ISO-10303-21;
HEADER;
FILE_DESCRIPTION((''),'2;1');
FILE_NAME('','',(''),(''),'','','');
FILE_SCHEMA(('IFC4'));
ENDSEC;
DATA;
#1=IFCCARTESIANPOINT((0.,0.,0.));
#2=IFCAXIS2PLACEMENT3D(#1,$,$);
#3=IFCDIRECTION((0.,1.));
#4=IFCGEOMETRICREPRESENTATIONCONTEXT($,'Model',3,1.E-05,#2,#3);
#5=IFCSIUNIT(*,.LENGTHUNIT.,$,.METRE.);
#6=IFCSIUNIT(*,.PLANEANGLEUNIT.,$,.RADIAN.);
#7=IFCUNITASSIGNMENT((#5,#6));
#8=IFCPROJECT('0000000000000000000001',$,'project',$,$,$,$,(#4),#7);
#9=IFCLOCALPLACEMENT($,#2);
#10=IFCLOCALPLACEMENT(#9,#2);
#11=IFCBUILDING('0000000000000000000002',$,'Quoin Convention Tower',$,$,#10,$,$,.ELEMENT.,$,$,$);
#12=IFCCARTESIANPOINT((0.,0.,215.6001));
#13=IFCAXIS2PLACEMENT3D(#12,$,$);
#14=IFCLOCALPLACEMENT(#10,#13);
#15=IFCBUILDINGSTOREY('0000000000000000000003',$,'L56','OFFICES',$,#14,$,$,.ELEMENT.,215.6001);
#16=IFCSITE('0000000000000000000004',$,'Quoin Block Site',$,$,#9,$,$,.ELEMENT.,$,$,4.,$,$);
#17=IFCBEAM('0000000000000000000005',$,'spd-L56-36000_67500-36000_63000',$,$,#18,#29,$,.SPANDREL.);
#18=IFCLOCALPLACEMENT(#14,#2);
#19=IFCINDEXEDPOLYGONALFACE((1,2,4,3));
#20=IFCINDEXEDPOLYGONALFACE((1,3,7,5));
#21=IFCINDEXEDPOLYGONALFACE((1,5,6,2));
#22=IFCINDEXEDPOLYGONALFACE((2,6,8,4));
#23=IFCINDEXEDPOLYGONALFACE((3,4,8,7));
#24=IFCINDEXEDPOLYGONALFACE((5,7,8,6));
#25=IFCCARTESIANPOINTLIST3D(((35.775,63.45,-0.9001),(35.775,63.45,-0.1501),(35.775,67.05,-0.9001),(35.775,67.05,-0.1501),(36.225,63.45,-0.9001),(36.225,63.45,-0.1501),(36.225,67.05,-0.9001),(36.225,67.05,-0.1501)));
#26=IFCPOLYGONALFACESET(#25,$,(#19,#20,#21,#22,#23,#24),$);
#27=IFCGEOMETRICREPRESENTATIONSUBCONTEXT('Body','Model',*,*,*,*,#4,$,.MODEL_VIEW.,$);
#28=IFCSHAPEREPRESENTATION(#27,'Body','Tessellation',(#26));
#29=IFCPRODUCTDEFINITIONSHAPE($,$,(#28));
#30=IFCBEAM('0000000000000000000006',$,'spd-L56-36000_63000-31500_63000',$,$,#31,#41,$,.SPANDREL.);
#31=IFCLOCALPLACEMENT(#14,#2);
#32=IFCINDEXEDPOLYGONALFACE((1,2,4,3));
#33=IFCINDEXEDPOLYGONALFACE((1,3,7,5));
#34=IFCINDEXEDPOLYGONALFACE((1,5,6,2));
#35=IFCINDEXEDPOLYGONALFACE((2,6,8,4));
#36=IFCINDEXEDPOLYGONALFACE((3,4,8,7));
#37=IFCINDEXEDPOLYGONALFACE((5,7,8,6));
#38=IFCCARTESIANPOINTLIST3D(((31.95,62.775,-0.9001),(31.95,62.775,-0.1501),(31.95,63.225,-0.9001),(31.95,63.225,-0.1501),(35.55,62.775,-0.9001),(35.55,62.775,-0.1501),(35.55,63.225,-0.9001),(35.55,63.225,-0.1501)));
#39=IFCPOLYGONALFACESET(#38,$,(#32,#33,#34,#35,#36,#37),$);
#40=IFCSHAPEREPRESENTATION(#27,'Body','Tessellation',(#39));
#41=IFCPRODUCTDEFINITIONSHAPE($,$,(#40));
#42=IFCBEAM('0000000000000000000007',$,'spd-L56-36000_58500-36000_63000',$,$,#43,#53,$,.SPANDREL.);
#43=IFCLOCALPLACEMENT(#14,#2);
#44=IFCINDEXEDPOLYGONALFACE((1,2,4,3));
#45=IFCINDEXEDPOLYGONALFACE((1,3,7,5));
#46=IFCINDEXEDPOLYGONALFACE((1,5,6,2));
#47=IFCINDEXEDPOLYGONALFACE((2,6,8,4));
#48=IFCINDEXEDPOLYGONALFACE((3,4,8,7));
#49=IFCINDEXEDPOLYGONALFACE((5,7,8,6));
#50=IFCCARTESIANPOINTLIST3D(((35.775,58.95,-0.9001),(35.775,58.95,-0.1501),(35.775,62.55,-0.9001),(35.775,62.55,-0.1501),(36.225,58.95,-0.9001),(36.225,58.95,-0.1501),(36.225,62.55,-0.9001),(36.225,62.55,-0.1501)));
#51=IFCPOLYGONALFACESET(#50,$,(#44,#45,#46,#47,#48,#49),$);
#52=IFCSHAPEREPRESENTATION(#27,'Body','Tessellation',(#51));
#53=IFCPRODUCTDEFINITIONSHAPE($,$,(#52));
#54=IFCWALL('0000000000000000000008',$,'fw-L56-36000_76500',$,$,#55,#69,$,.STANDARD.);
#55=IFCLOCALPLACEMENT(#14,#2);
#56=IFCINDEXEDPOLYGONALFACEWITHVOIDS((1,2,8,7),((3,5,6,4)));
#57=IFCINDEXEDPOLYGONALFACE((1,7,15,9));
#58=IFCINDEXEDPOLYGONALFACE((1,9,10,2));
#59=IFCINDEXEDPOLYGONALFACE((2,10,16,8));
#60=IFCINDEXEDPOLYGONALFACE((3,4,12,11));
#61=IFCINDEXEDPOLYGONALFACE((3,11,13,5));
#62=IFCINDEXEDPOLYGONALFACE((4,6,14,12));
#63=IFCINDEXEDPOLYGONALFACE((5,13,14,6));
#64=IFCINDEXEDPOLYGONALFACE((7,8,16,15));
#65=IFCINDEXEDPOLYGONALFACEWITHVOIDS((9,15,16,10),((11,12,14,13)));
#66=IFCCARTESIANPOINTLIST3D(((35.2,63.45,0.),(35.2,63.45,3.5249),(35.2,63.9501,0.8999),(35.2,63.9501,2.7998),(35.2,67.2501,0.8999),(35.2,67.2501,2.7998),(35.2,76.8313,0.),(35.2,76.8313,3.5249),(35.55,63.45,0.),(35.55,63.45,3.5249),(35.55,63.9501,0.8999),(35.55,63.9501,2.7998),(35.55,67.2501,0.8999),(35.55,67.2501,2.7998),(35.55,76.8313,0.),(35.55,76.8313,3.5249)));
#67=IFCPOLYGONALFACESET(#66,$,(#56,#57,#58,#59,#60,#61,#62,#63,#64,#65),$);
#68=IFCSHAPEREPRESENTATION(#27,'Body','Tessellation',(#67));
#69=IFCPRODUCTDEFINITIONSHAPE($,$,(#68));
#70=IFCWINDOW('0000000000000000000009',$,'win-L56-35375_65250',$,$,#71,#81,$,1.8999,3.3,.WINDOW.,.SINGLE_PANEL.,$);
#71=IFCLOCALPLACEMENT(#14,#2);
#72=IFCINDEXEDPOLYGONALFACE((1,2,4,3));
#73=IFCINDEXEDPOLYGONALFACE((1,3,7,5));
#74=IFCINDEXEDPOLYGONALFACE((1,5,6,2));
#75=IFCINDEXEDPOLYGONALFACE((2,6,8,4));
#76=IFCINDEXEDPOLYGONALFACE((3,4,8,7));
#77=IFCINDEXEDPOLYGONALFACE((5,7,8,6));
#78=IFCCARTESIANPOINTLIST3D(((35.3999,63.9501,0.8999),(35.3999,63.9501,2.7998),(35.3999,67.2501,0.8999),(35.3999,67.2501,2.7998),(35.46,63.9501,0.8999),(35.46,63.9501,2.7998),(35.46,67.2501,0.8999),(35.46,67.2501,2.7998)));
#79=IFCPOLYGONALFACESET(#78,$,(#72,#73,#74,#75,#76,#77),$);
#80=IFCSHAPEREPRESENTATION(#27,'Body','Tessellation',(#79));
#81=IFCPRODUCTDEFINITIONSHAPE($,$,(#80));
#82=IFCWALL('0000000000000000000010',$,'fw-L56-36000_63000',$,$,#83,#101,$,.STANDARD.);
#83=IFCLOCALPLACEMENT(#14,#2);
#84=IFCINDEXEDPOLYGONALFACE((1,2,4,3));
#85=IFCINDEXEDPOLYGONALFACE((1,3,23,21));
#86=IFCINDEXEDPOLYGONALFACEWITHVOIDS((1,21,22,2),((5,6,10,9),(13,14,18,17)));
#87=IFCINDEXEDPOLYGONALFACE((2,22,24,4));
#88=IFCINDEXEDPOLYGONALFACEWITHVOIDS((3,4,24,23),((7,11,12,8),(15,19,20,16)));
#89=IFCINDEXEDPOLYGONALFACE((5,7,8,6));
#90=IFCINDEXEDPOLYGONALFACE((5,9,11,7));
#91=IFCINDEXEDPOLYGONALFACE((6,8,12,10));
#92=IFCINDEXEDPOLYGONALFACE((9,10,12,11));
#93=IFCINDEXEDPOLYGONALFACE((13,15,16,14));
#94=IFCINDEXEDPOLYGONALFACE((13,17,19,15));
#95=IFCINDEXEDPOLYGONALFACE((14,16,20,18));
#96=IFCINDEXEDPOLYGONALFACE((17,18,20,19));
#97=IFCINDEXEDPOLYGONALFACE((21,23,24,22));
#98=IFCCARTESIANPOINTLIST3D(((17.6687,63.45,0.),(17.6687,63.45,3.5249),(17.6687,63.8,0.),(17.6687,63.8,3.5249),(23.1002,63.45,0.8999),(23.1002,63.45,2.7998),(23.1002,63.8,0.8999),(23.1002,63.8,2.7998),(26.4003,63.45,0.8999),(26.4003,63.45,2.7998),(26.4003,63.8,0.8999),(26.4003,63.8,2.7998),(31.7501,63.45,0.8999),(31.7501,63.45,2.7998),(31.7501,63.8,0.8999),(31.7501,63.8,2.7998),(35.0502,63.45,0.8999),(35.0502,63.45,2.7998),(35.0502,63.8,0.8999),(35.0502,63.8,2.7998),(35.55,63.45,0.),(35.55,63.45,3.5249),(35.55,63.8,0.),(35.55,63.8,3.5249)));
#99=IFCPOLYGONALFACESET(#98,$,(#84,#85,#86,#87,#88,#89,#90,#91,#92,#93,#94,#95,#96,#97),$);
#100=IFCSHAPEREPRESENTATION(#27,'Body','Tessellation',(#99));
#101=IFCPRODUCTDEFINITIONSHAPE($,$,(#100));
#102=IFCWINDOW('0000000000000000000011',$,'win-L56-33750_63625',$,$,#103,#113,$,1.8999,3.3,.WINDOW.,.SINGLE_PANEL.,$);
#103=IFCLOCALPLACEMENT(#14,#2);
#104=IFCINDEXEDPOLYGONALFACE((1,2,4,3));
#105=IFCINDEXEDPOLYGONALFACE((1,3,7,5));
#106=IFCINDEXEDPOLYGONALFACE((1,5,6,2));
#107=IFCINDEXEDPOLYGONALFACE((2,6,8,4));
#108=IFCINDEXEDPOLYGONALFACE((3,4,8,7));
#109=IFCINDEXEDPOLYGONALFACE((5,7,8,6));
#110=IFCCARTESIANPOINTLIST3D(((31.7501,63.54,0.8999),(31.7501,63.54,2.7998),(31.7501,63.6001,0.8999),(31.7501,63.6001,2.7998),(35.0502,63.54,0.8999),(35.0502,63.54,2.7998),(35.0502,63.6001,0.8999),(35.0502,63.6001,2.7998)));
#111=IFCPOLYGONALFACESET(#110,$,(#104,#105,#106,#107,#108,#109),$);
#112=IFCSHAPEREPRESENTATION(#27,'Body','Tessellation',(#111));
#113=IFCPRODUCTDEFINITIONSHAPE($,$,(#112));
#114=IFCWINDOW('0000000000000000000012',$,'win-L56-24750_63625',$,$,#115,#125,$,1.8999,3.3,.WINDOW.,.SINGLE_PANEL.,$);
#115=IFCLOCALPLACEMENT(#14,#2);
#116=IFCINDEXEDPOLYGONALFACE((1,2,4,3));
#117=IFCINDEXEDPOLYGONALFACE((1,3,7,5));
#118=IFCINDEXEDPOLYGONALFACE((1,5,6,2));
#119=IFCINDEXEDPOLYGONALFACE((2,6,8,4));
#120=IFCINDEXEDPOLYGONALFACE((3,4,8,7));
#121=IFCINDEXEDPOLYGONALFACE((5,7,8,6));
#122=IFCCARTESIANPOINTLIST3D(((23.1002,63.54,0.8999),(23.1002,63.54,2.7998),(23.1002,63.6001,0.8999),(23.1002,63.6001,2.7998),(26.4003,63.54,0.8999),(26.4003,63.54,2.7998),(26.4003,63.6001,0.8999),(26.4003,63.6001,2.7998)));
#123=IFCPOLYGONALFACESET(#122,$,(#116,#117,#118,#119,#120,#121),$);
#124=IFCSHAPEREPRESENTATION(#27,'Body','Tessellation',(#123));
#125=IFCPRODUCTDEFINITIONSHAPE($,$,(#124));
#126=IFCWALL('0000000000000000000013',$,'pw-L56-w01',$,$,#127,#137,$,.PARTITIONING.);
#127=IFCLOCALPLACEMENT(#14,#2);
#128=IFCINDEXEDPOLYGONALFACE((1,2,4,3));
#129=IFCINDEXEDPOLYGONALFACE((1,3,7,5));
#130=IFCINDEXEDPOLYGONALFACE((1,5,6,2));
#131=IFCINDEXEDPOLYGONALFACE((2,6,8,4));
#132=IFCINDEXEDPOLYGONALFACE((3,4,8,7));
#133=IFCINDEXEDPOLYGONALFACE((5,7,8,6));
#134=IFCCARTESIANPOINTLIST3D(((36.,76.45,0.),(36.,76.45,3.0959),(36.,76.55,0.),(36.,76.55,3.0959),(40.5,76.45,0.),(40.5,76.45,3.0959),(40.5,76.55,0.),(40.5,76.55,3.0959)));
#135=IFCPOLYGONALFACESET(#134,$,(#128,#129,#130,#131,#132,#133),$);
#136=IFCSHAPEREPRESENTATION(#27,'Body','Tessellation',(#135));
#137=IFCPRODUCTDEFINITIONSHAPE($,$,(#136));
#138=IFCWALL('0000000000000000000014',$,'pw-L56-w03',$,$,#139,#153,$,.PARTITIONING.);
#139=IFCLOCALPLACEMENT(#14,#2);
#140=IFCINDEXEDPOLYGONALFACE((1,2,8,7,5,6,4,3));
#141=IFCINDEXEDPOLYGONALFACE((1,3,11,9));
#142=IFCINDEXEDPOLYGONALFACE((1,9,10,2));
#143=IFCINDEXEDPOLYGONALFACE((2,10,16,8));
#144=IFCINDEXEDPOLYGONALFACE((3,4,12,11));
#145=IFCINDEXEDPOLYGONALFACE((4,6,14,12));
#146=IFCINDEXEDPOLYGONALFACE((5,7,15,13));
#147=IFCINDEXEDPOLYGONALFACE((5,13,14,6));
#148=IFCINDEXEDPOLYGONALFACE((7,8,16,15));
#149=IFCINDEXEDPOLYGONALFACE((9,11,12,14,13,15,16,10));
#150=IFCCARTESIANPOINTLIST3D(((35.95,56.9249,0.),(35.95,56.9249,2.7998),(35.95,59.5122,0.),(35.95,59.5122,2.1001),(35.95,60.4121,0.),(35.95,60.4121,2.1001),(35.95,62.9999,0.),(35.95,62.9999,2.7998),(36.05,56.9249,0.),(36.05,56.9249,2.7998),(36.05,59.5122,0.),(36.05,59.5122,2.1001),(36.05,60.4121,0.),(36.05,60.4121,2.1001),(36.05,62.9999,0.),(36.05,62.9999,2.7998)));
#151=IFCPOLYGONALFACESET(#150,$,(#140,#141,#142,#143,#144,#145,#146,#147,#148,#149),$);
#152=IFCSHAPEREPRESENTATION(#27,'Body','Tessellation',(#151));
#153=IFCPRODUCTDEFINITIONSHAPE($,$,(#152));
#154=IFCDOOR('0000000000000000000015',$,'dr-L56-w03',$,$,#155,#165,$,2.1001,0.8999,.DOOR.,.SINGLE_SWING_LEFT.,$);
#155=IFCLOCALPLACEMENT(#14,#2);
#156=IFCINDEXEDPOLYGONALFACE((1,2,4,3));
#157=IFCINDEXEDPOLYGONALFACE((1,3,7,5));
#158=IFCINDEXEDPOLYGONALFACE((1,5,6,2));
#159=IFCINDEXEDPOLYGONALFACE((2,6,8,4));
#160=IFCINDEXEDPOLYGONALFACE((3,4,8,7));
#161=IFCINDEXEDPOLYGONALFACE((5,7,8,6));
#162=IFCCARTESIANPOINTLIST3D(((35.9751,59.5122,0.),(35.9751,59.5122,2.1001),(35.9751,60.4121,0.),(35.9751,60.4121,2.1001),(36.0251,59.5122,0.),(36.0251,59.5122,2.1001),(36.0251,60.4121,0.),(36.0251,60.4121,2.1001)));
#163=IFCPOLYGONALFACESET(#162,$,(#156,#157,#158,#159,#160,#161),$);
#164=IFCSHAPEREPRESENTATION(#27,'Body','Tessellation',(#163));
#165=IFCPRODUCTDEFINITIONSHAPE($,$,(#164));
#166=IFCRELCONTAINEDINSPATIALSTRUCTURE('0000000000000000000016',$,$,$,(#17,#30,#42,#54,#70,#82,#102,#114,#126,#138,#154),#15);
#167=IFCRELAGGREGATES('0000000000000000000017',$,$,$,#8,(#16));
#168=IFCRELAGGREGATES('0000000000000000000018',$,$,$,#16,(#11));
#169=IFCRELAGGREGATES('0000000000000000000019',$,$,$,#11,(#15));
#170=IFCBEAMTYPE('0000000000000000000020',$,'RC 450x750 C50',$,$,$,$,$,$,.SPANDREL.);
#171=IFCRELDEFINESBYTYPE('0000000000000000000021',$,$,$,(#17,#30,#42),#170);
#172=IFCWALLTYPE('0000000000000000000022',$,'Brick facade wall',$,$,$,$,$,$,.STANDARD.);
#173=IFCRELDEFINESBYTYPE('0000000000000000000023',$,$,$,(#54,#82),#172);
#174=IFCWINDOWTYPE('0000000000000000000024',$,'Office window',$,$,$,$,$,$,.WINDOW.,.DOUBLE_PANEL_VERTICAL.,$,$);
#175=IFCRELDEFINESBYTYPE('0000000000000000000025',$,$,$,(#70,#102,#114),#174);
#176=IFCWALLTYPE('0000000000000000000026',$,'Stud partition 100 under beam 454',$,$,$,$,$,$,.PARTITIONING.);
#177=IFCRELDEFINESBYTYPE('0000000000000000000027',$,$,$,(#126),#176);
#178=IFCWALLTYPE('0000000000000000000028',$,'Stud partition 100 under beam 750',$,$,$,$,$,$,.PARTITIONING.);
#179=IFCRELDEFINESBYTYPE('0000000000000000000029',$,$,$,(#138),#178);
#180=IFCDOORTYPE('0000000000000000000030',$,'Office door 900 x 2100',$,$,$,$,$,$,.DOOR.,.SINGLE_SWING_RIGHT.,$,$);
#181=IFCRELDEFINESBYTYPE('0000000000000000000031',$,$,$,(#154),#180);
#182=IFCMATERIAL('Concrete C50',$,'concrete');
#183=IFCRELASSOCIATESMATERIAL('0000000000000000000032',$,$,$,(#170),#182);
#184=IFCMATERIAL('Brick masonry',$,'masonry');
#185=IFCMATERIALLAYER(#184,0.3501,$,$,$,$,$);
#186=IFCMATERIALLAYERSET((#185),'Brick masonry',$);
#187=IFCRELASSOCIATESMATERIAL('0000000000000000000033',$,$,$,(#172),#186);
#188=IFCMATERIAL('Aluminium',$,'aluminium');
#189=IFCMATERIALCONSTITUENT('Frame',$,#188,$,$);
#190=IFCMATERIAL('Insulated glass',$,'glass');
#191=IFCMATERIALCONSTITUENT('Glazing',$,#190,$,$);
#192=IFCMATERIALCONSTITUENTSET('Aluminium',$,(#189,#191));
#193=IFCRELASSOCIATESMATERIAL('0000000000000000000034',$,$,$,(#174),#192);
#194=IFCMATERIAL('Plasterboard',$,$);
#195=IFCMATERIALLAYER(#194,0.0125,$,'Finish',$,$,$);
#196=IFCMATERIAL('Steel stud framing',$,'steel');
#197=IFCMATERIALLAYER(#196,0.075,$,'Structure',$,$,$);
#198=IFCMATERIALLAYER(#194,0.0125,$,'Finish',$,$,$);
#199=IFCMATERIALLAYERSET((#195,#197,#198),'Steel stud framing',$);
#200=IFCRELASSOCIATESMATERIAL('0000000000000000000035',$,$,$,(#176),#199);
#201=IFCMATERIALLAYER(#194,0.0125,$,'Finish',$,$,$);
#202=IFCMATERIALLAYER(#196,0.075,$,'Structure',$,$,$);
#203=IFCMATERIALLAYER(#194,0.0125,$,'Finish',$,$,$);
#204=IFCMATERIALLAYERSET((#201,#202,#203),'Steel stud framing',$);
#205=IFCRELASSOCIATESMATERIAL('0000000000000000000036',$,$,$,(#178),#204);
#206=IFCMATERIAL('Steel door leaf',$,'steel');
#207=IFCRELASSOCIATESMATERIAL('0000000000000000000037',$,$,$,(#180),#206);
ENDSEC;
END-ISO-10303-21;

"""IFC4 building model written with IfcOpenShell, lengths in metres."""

from ifc_helpers import new_model, si_unit, direction, frame, frame_2d, origin, origin_2d, place, context, subcontext, project, spatial, rectangle, extrude, material, layer, layer_set, constituent, constituent_set, material_profile, profile_set, type_object, element, fill, save


model = new_model("IFC4")

# Units and contexts
model_context = context("Model", 3, precision=1e-05, world=origin(), true_north=direction((0.0, 1.0)))
body_context = subcontext(model_context, "Body", "Model", "MODEL_VIEW")
ifc_project = project(units=[si_unit("LENGTHUNIT", "METRE"), si_unit("PLANEANGLEUNIT", "RADIAN")], contexts=[model_context])

# Site, building, storey
site_placement = place(None, origin())
site = spatial("IfcSite", under=ifc_project, at=site_placement, Name="Quoin Block Site", CompositionType="ELEMENT", RefElevation=4.0)
building_placement = place(site_placement, origin())
building = spatial("IfcBuilding", under=site, at=building_placement, Name="Quoin Convention Tower", CompositionType="ELEMENT")
storey_placement = place(building_placement, frame((0.0, 0.0, 215.6001)))
storey = spatial("IfcBuildingStorey", under=building, at=storey_placement, Name="L56", Description="OFFICES", CompositionType="ELEMENT", Elevation=215.6001)

# Shared definitions
ifc_material_1 = material(Name="Concrete C50", Category="concrete")

# Beams
ifc_material_profile_1 = material_profile(ifc_material_1, rectangle(XDim=0.45, YDim=0.75, at=origin_2d()), Name="RC 450x750")
ifc_profile_set_1 = profile_set([ifc_material_profile_1], Name="Concrete C50")
beam_type_1 = type_object("IfcBeamType", Name="RC 450x750 C50", PredefinedType="SPANDREL", material=ifc_profile_set_1)
for number, where, z_axis, x_axis, name in (
    (1, (36.0, 67.05, -0.5251), (0.0, -1.0, 0.0), (1.0, 0.0, 0.0), "spd-L56-36000_67500-36000_63000"),
    (2, (35.55, 63.0, -0.5251), (-1.0, 0.0, 0.0), (0.0, -1.0, 0.0), "spd-L56-36000_63000-31500_63000"),
    (3, (36.0, 58.95, -0.5251), (0.0, 1.0, 0.0), (-1.0, 0.0, 0.0), "spd-L56-36000_58500-36000_63000"),
):
    element("IfcBeam", number, at=place(storey_placement, frame(where, z_axis=z_axis, x_axis=x_axis)), inside=storey, type_object=beam_type_1, Name=name, PredefinedType="SPANDREL", context=body_context, shape_type="SweptSolid", body=[
        extrude(rectangle(XDim=0.45, YDim=0.75, at=origin_2d()), origin(), (0.0, 0.0, 1.0), 3.6001),
    ])

# Wall, opening, window
ifc_material_2 = material(Name="Brick masonry", Category="masonry")
ifc_layer_1 = layer(ifc_material_2, 0.3501)
ifc_layer_set_1 = layer_set([ifc_layer_1], Name="Brick masonry")
wall_type_1 = type_object("IfcWallType", Name="Brick facade wall", PredefinedType="STANDARD", material=ifc_layer_set_1)
wall_1_placement = place(storey_placement, frame((35.375, 76.8313, 0.0), z_axis=(0.0, 0.0, 1.0), x_axis=(0.0, -1.0, 0.0)))
wall_1 = element("IfcWall", 4, at=wall_1_placement, inside=storey, type_object=wall_type_1, Name="fw-L56-36000_76500", PredefinedType="STANDARD", context=body_context, shape_type="SweptSolid", body=[
    extrude(rectangle(XDim=13.3813, YDim=0.3501, at=frame_2d((6.6907, 0.0))), origin(), (0.0, 0.0, 1.0), 3.5249),
])
opening_1_placement = place(wall_1_placement, frame((9.5813, 0.0, 0.8999)))
opening_1 = element("IfcOpeningElement", 5, at=opening_1_placement, cuts=wall_1, PredefinedType="OPENING", context=body_context, shape_type="SweptSolid", body=[
    extrude(rectangle(XDim=3.3, YDim=1.8999, at=frame_2d((1.6499, 0.95))), frame((0.0, 0.1851, 0.0), z_axis=(0.0, -1.0, 0.0), x_axis=(1.0, 0.0, 0.0)), (0.0, 0.0, 1.0), 0.3701),
])
ifc_material_3 = material(Name="Aluminium", Category="aluminium")
ifc_constituent_1 = constituent(ifc_material_3, Name="Frame")
ifc_material_4 = material(Name="Insulated glass", Category="glass")
ifc_constituent_2 = constituent(ifc_material_4, Name="Glazing")
ifc_constituent_set = constituent_set(constituents=[ifc_constituent_1, ifc_constituent_2], Name="Aluminium")
window_type = type_object("IfcWindowType", Name="Office window", PartitioningType="DOUBLE_PANEL_VERTICAL", PredefinedType="WINDOW", material=ifc_constituent_set)
window_1_placement = place(opening_1_placement, origin())
window_1 = element("IfcWindow", 6, at=window_1_placement, inside=storey, type_object=window_type, Name="win-L56-35375_65250", OverallHeight=1.8999, OverallWidth=3.3, PartitioningType="SINGLE_PANEL", PredefinedType="WINDOW", context=body_context, shape_type="SweptSolid", body=[
    extrude(rectangle(XDim=3.3, YDim=1.8999, at=frame_2d((1.6499, 0.95))), frame((0.0, 0.085, 0.0), z_axis=(0.0, -1.0, 0.0), x_axis=(1.0, 0.0, 0.0)), (0.0, 0.0, 1.0), 0.0601),
])
fill(opening_1, window_1)

# Wall, openings, windows
wall_2_placement = place(storey_placement, frame((35.55, 63.625, 0.0), z_axis=(0.0, 0.0, 1.0), x_axis=(-1.0, 0.0, 0.0)))
wall_2 = element("IfcWall", 7, at=wall_2_placement, inside=storey, type_object=wall_type_1, Name="fw-L56-36000_63000", PredefinedType="STANDARD", context=body_context, shape_type="SweptSolid", body=[
    extrude(rectangle(XDim=17.8813, YDim=0.3501, at=frame_2d((8.9407, 0.0))), origin(), (0.0, 0.0, 1.0), 3.5249),
])
opening_2_placement = place(wall_2_placement, frame((0.5, 0.0, 0.8999)))
opening_2 = element("IfcOpeningElement", 8, at=opening_2_placement, cuts=wall_2, PredefinedType="OPENING", context=body_context, shape_type="SweptSolid", body=[
    extrude(rectangle(XDim=3.3, YDim=1.8999, at=frame_2d((1.6499, 0.95))), frame((0.0, 0.1851, 0.0), z_axis=(0.0, -1.0, 0.0), x_axis=(1.0, 0.0, 0.0)), (0.0, 0.0, 1.0), 0.3701),
])
opening_3_placement = place(wall_2_placement, frame((9.1499, 0.0, 0.8999)))
opening_3 = element("IfcOpeningElement", 9, at=opening_3_placement, cuts=wall_2, PredefinedType="OPENING", context=body_context, shape_type="SweptSolid", body=[
    extrude(rectangle(XDim=3.3, YDim=1.8999, at=frame_2d((1.6499, 0.95))), frame((0.0, 0.1851, 0.0), z_axis=(0.0, -1.0, 0.0), x_axis=(1.0, 0.0, 0.0)), (0.0, 0.0, 1.0), 0.3701),
])
window_2_placement = place(opening_2_placement, origin())
window_2 = element("IfcWindow", 10, at=window_2_placement, inside=storey, type_object=window_type, Name="win-L56-33750_63625", OverallHeight=1.8999, OverallWidth=3.3, PartitioningType="SINGLE_PANEL", PredefinedType="WINDOW", context=body_context, shape_type="SweptSolid", body=[
    extrude(rectangle(XDim=3.3, YDim=1.8999, at=frame_2d((1.6499, 0.95))), frame((0.0, 0.085, 0.0), z_axis=(0.0, -1.0, 0.0), x_axis=(1.0, 0.0, 0.0)), (0.0, 0.0, 1.0), 0.0601),
])
fill(opening_2, window_2)
window_3_placement = place(opening_3_placement, origin())
window_3 = element("IfcWindow", 11, at=window_3_placement, inside=storey, type_object=window_type, Name="win-L56-24750_63625", OverallHeight=1.8999, OverallWidth=3.3, PartitioningType="SINGLE_PANEL", PredefinedType="WINDOW", context=body_context, shape_type="SweptSolid", body=[
    extrude(rectangle(XDim=3.3, YDim=1.8999, at=frame_2d((1.6499, 0.95))), frame((0.0, 0.085, 0.0), z_axis=(0.0, -1.0, 0.0), x_axis=(1.0, 0.0, 0.0)), (0.0, 0.0, 1.0), 0.0601),
])
fill(opening_3, window_3)

# Wall
ifc_material_5 = material(Name="Plasterboard")
ifc_layer_2 = layer(ifc_material_5, 0.0125, Name="Finish")
ifc_material_6 = material(Name="Steel stud framing", Category="steel")
ifc_layer_3 = layer(ifc_material_6, 0.075, Name="Structure")
ifc_layer_4 = layer(ifc_material_5, 0.0125, Name="Finish")
ifc_layer_set_2 = layer_set([ifc_layer_2, ifc_layer_3, ifc_layer_4], Name="Steel stud framing")
wall_type_2 = type_object("IfcWallType", Name="Stud partition 100 under beam 454", PredefinedType="PARTITIONING", material=ifc_layer_set_2)
wall_3_placement = place(storey_placement, frame((36.0, 76.5, 0.0), z_axis=(0.0, 0.0, 1.0), x_axis=(1.0, 0.0, 0.0)))
element("IfcWall", 12, at=wall_3_placement, inside=storey, type_object=wall_type_2, Name="pw-L56-w01", PredefinedType="PARTITIONING", context=body_context, shape_type="SweptSolid", body=[
    extrude(rectangle(XDim=4.5, YDim=0.1001, at=frame_2d((2.25, 0.0))), origin(), (0.0, 0.0, 1.0), 3.0959),
])

# Wall, opening, door
ifc_layer_5 = layer(ifc_material_5, 0.0125, Name="Finish")
ifc_layer_6 = layer(ifc_material_6, 0.075, Name="Structure")
ifc_layer_7 = layer(ifc_material_5, 0.0125, Name="Finish")
ifc_layer_set_3 = layer_set([ifc_layer_5, ifc_layer_6, ifc_layer_7], Name="Steel stud framing")
wall_type_3 = type_object("IfcWallType", Name="Stud partition 100 under beam 750", PredefinedType="PARTITIONING", material=ifc_layer_set_3)
wall_4_placement = place(storey_placement, frame((36.0, 63.0, 0.0), z_axis=(0.0, 0.0, 1.0), x_axis=(0.0, -1.0, 0.0)))
wall_4 = element("IfcWall", 13, at=wall_4_placement, inside=storey, type_object=wall_type_3, Name="pw-L56-w03", PredefinedType="PARTITIONING", context=body_context, shape_type="SweptSolid", body=[
    extrude(rectangle(XDim=6.075, YDim=0.1001, at=frame_2d((3.0376, 0.0))), origin(), (0.0, 0.0, 1.0), 2.7998),
])
opening_4_placement = place(wall_4_placement, frame((2.5879, 0.0, 0.0)))
opening_4 = element("IfcOpeningElement", 14, at=opening_4_placement, cuts=wall_4, PredefinedType="OPENING", context=body_context, shape_type="SweptSolid", body=[
    extrude(rectangle(XDim=0.8999, YDim=2.1001, at=frame_2d((0.45, 1.05))), frame((0.0, 0.0601, 0.0), z_axis=(0.0, -1.0, 0.0), x_axis=(1.0, 0.0, 0.0)), (0.0, 0.0, 1.0), 0.1201),
])
ifc_material_7 = material(Name="Steel door leaf", Category="steel")
door_type = type_object("IfcDoorType", Name="Office door 900 x 2100", OperationType="SINGLE_SWING_RIGHT", PredefinedType="DOOR", material=ifc_material_7)
door_placement = place(opening_4_placement, frame((0.8999, 0.0, 0.0), z_axis=(0.0, 0.0, 1.0), x_axis=(-1.0, 0.0, 0.0)))
door = element("IfcDoor", 15, at=door_placement, inside=storey, type_object=door_type, Name="dr-L56-w03", OperationType="SINGLE_SWING_LEFT", OverallHeight=2.1001, OverallWidth=0.8999, PredefinedType="DOOR", context=body_context, shape_type="SweptSolid", body=[
    extrude(rectangle(XDim=0.8999, YDim=2.1001, at=frame_2d((0.45, 1.05))), frame((0.0, 0.0249, 0.0), z_axis=(0.0, -1.0, 0.0), x_axis=(1.0, 0.0, 0.0)), (0.0, 0.0, 1.0), 0.05),
])
fill(opening_4, door)

save(model, "model.ifc")
